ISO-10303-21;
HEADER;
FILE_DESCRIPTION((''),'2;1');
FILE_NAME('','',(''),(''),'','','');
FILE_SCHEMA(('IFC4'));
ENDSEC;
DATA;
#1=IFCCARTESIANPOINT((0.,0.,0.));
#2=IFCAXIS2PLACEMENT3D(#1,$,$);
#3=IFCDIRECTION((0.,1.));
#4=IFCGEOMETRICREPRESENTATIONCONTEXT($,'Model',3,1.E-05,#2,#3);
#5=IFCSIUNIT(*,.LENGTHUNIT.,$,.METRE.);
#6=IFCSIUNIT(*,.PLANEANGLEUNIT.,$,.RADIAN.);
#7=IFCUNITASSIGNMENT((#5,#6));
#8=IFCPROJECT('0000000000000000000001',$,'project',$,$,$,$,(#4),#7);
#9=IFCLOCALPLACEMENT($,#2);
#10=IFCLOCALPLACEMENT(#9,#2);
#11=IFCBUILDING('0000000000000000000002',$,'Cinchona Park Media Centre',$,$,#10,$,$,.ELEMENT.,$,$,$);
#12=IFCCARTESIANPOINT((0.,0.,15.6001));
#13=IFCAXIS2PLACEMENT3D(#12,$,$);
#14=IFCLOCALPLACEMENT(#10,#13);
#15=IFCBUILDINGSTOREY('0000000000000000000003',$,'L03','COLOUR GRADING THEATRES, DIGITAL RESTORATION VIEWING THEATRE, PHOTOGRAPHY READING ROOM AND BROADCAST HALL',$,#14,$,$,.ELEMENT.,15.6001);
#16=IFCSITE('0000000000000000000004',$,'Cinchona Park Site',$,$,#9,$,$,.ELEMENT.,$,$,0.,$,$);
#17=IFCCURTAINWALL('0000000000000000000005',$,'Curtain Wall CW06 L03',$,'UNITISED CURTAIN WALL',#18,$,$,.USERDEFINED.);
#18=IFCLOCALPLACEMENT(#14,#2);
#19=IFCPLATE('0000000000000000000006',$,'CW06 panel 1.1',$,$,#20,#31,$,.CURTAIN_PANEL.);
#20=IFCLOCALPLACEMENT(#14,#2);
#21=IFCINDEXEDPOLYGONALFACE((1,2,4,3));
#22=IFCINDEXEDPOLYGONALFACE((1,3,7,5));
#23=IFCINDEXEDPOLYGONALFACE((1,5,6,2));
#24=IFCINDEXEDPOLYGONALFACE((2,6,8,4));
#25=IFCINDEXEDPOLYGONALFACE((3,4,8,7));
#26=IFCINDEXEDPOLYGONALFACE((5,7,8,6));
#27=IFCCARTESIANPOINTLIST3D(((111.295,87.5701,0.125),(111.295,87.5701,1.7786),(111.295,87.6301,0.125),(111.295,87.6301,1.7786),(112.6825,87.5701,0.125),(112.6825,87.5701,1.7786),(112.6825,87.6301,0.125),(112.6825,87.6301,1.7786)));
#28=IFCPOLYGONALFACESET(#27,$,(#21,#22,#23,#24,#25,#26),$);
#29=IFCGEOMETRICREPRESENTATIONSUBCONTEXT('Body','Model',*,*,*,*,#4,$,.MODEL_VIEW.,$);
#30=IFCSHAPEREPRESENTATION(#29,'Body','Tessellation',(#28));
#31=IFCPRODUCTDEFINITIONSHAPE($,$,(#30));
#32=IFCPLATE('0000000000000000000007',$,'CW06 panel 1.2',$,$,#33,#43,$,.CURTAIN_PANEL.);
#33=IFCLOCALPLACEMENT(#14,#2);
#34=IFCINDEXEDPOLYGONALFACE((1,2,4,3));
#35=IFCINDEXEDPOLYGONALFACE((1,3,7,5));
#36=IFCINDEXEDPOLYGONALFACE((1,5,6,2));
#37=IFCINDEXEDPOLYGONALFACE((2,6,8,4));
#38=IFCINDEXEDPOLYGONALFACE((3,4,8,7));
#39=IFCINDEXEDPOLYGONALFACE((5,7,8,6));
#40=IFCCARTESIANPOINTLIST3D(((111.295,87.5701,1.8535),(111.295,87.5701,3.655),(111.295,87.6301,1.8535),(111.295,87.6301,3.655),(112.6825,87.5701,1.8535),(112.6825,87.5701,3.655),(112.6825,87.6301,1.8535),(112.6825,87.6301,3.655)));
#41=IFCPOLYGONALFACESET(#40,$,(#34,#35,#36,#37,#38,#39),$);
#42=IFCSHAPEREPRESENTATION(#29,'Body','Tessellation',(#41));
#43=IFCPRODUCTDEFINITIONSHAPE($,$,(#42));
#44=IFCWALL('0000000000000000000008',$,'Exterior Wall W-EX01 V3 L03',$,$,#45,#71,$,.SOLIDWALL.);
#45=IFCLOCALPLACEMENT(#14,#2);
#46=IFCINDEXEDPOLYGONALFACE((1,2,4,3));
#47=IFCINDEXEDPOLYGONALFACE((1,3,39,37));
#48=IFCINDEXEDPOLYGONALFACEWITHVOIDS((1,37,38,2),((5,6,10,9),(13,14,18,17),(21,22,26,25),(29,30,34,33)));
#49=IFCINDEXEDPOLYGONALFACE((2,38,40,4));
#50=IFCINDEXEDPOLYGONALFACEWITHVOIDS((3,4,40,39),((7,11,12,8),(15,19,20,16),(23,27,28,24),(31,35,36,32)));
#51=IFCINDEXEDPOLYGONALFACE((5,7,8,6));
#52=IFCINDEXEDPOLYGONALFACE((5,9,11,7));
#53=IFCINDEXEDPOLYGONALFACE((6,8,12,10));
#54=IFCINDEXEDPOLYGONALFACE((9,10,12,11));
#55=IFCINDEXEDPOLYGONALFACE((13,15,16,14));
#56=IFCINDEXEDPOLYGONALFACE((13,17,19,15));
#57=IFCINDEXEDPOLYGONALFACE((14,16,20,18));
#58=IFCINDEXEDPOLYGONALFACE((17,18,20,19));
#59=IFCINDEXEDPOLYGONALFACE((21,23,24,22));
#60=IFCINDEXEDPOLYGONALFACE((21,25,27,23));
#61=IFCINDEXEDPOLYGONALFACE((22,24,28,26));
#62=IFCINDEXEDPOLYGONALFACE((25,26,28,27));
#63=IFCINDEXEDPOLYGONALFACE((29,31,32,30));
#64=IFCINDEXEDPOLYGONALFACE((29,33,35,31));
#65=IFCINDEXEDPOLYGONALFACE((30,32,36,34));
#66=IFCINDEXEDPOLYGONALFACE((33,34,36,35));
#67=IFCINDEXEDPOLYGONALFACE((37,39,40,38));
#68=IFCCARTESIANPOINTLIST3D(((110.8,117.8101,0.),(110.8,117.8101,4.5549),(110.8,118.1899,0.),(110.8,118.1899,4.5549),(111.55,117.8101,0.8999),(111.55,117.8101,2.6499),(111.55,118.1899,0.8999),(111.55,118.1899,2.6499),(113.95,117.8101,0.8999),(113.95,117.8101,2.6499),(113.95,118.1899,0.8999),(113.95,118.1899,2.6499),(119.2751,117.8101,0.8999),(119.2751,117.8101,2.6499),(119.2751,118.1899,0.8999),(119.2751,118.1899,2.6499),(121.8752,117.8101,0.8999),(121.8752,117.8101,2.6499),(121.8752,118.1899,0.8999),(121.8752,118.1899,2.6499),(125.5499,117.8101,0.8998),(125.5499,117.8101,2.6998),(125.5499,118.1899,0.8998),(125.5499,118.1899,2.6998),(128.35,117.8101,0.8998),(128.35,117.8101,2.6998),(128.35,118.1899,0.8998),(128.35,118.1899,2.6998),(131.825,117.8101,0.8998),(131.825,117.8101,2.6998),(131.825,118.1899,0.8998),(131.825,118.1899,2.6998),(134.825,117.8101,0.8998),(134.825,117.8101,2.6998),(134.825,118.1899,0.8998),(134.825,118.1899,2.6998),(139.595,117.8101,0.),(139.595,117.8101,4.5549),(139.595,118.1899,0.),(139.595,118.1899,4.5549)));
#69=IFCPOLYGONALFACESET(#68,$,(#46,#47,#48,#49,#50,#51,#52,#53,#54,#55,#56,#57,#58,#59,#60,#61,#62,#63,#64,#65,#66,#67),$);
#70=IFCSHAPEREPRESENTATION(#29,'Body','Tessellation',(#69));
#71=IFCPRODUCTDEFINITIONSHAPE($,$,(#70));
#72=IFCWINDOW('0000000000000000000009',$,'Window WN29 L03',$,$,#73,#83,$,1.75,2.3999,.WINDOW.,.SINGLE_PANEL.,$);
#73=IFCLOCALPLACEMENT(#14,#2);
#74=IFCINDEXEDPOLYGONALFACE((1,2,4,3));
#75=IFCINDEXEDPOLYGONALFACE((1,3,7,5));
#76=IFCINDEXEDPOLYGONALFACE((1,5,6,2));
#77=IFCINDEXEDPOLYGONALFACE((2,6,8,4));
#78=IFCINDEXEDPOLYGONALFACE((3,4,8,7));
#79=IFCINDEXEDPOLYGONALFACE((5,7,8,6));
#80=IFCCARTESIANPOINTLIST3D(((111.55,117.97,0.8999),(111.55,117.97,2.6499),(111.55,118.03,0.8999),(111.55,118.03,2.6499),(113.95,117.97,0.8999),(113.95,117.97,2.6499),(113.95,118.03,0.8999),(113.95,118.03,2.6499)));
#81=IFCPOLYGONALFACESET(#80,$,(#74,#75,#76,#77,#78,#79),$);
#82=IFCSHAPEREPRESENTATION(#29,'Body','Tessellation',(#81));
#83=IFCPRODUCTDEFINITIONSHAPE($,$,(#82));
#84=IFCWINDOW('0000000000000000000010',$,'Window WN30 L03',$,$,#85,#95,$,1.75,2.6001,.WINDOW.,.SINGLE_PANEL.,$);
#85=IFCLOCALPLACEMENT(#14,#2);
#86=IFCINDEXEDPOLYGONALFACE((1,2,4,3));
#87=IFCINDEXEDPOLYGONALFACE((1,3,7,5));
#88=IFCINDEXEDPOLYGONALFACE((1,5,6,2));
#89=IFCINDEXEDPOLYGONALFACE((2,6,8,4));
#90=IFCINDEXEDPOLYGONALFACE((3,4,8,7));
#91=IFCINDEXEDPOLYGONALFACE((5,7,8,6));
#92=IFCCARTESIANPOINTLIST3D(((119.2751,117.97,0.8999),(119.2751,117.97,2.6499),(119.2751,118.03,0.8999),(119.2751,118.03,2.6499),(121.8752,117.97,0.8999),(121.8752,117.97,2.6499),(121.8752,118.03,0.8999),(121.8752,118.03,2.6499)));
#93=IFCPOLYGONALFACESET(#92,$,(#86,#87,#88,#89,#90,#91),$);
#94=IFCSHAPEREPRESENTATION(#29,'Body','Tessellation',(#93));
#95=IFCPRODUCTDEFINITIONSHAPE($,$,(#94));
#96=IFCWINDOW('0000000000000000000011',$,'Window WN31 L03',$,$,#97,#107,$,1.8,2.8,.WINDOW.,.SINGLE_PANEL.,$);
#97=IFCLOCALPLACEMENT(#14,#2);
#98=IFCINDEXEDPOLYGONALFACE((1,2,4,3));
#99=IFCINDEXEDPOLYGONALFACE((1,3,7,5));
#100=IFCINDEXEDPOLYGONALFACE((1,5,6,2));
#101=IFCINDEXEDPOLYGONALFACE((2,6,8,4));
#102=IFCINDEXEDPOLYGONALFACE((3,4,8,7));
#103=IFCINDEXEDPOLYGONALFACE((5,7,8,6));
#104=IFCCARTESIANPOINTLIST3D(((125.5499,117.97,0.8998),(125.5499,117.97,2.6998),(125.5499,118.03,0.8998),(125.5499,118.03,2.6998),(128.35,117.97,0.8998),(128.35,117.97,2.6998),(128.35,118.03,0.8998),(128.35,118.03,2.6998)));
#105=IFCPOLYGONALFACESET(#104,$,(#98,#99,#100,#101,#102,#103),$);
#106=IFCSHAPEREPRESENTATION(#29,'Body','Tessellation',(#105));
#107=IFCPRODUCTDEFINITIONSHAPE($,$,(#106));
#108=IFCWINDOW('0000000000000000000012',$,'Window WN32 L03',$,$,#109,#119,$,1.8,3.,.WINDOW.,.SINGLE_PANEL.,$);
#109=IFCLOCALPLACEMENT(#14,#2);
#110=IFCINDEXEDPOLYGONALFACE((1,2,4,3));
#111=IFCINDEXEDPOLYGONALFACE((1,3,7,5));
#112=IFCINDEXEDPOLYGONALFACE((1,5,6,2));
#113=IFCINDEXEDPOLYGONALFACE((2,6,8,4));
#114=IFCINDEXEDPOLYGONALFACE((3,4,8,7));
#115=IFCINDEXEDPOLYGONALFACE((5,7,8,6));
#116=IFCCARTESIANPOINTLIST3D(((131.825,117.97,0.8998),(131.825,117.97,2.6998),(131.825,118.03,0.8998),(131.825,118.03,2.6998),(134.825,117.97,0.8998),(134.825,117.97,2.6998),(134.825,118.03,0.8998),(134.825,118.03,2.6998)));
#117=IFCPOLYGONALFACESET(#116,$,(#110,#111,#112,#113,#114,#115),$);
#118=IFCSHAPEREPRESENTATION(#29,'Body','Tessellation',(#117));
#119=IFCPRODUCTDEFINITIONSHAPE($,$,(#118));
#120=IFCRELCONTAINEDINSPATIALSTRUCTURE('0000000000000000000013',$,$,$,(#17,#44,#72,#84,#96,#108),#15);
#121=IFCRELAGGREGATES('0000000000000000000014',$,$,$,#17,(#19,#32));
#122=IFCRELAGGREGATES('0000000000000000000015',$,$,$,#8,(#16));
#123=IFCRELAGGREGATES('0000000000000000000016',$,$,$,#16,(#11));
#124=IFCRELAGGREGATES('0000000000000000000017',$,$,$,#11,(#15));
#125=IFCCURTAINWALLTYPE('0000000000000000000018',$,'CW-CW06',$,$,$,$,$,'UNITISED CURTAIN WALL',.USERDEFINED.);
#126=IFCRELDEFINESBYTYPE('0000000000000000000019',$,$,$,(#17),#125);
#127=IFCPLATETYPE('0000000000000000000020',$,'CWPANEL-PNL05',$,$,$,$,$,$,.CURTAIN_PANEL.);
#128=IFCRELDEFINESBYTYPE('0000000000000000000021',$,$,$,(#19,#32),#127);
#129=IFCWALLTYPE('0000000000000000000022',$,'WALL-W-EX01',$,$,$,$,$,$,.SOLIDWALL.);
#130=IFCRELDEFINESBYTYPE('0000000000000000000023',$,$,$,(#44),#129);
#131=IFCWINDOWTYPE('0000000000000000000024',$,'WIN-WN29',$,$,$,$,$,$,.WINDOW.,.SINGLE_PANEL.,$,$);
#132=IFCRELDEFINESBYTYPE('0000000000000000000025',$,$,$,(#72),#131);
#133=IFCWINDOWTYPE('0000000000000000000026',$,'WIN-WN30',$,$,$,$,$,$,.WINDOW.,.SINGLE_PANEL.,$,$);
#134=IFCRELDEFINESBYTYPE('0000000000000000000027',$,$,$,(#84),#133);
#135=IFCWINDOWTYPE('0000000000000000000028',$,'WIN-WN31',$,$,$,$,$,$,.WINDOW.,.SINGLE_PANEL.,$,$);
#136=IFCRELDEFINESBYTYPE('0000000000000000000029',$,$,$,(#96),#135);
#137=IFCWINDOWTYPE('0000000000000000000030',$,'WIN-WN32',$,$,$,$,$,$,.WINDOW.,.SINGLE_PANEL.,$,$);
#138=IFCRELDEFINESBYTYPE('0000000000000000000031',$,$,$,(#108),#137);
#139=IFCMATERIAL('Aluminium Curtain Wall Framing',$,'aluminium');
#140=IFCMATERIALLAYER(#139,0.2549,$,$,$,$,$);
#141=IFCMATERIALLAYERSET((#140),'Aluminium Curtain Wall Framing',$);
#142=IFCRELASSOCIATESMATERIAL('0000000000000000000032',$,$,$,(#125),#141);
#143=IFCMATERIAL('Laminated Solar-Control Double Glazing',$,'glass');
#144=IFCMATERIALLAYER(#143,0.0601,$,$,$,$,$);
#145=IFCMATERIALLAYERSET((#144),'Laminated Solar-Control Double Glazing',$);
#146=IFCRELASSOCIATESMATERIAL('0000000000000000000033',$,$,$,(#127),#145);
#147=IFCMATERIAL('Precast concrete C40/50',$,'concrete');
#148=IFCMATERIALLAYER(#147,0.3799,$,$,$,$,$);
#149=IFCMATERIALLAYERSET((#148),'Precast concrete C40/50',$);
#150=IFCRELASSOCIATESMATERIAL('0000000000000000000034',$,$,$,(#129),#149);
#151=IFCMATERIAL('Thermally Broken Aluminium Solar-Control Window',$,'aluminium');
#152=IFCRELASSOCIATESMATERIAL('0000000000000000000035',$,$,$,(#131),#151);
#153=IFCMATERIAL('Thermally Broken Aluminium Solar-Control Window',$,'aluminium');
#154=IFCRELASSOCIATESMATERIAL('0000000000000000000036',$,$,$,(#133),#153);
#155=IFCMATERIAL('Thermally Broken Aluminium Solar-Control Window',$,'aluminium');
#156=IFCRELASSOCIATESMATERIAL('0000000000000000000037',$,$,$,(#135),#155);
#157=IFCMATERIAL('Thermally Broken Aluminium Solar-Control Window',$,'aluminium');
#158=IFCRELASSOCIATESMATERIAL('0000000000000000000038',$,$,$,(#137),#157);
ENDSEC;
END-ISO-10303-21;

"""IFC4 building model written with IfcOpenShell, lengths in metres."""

from ifc_helpers import new_model, si_unit, direction, frame, frame_2d, origin, origin_2d, place, context, subcontext, project, spatial, rectangle, extrude, material, layer, layer_set, type_object, element, fill, aggregate, save


model = new_model("IFC4")

# Units and contexts
model_context = context("Model", 3, precision=1e-05, world=origin(), true_north=direction((0.0, 1.0)))
body_context = subcontext(model_context, "Body", "Model", "MODEL_VIEW")
ifc_project = project(units=[si_unit("LENGTHUNIT", "METRE"), si_unit("PLANEANGLEUNIT", "RADIAN")], contexts=[model_context])

# Site, building, storey
site_placement = place(None, origin())
site = spatial("IfcSite", under=ifc_project, at=site_placement, Name="Cinchona Park Site", CompositionType="ELEMENT", RefElevation=0.0)
building_placement = place(site_placement, origin())
building = spatial("IfcBuilding", under=site, at=building_placement, Name="Cinchona Park Media Centre", CompositionType="ELEMENT")
storey_placement = place(building_placement, frame((0.0, 0.0, 15.6001)))
storey = spatial("IfcBuildingStorey", under=building, at=storey_placement, Name="L03", Description="COLOUR GRADING THEATRES, DIGITAL RESTORATION VIEWING THEATRE, PHOTOGRAPHY READING ROOM AND BROADCAST HALL", CompositionType="ELEMENT", Elevation=15.6001)

# Curtain wall, plates
ifc_material_1 = material(Name="Aluminium Curtain Wall Framing", Category="aluminium")
ifc_layer_1 = layer(ifc_material_1, 0.2549)
ifc_layer_set_1 = layer_set([ifc_layer_1], Name="Aluminium Curtain Wall Framing")
curtain_wall_type = type_object("IfcCurtainWallType", Name="CW-CW06", ElementType="UNITISED CURTAIN WALL", PredefinedType="USERDEFINED", material=ifc_layer_set_1)
curtain_wall_placement = place(storey_placement, origin())
curtain_wall = element("IfcCurtainWall", 1, at=curtain_wall_placement, inside=storey, type_object=curtain_wall_type, Name="Curtain Wall CW06 L03", ObjectType="UNITISED CURTAIN WALL", PredefinedType="USERDEFINED")
ifc_material_2 = material(Name="Laminated Solar-Control Double Glazing", Category="glass")
ifc_layer_2 = layer(ifc_material_2, 0.0601)
ifc_layer_set_2 = layer_set([ifc_layer_2], Name="Laminated Solar-Control Double Glazing")
plate_type = type_object("IfcPlateType", Name="CWPANEL-PNL05", PredefinedType="CURTAIN_PANEL", material=ifc_layer_set_2)
plate_1_placement = place(storey_placement, frame((111.9888, 87.6001, 0.125), z_axis=(0.0, 0.0, 1.0), x_axis=(1.0, 0.0, 0.0)))
plate_1 = element("IfcPlate", 2, at=plate_1_placement, type_object=plate_type, Name="CW06 panel 1.1", PredefinedType="CURTAIN_PANEL", context=body_context, shape_type="SweptSolid", body=[
    extrude(rectangle(XDim=1.3875, YDim=0.0601, at=origin_2d()), origin(), (0.0, 0.0, 1.0), 1.6536),
])
plate_2_placement = place(storey_placement, frame((111.9888, 87.6001, 1.8535), z_axis=(0.0, 0.0, 1.0), x_axis=(1.0, 0.0, 0.0)))
plate_2 = element("IfcPlate", 3, at=plate_2_placement, type_object=plate_type, Name="CW06 panel 1.2", PredefinedType="CURTAIN_PANEL", context=body_context, shape_type="SweptSolid", body=[
    extrude(rectangle(XDim=1.3875, YDim=0.0601, at=origin_2d()), origin(), (0.0, 0.0, 1.0), 1.8015),
])
aggregate(curtain_wall, [plate_1, plate_2])

# Wall, openings, windows
ifc_material_3 = material(Name="Precast concrete C40/50", Category="concrete")
ifc_layer_3 = layer(ifc_material_3, 0.3799)
ifc_layer_set_3 = layer_set([ifc_layer_3], Name="Precast concrete C40/50")
wall_type_1 = type_object("IfcWallType", Name="WALL-W-EX01", PredefinedType="SOLIDWALL", material=ifc_layer_set_3)
wall_1_placement = place(storey_placement, frame((110.8, 118.0, 0.0), z_axis=(0.0, 0.0, 1.0), x_axis=(1.0, 0.0, 0.0)))
wall_1 = element("IfcWall", 4, at=wall_1_placement, inside=storey, type_object=wall_type_1, Name="Exterior Wall W-EX01 V3 L03", PredefinedType="SOLIDWALL", context=body_context, shape_type="SweptSolid", body=[
    extrude(rectangle(XDim=28.7949, YDim=0.3799, at=frame_2d((14.3975, 0.0))), origin(), (0.0, 0.0, 1.0), 4.5549),
])
opening_1_placement = place(wall_1_placement, frame((0.75, 0.0, 0.8999)))
opening_1 = element("IfcOpeningElement", 5, at=opening_1_placement, cuts=wall_1, PredefinedType="OPENING", context=body_context, shape_type="SweptSolid", body=[
    extrude(rectangle(XDim=2.3999, YDim=1.75, at=frame_2d((1.2, 0.875))), frame((0.0, 0.2, 0.0), z_axis=(0.0, -1.0, 0.0), x_axis=(1.0, 0.0, 0.0)), (0.0, 0.0, 1.0), 0.3999),
])
opening_2_placement = place(wall_1_placement, frame((8.4751, 0.0, 0.8999)))
opening_2 = element("IfcOpeningElement", 6, at=opening_2_placement, cuts=wall_1, PredefinedType="OPENING", context=body_context, shape_type="SweptSolid", body=[
    extrude(rectangle(XDim=2.6001, YDim=1.75, at=frame_2d((1.3, 0.875))), frame((0.0, 0.2, 0.0), z_axis=(0.0, -1.0, 0.0), x_axis=(1.0, 0.0, 0.0)), (0.0, 0.0, 1.0), 0.3999),
])
opening_3_placement = place(wall_1_placement, frame((14.75, 0.0, 0.8999)))
opening_3 = element("IfcOpeningElement", 7, at=opening_3_placement, cuts=wall_1, PredefinedType="OPENING", context=body_context, shape_type="SweptSolid", body=[
    extrude(rectangle(XDim=2.8, YDim=1.8, at=frame_2d((1.3999, 0.8999))), frame((0.0, 0.2, 0.0), z_axis=(0.0, -1.0, 0.0), x_axis=(1.0, 0.0, 0.0)), (0.0, 0.0, 1.0), 0.3999),
])
opening_4_placement = place(wall_1_placement, frame((21.0249, 0.0, 0.8999)))
opening_4 = element("IfcOpeningElement", 8, at=opening_4_placement, cuts=wall_1, PredefinedType="OPENING", context=body_context, shape_type="SweptSolid", body=[
    extrude(rectangle(XDim=3.0, YDim=1.8, at=frame_2d((1.5, 0.8999))), frame((0.0, 0.2, 0.0), z_axis=(0.0, -1.0, 0.0), x_axis=(1.0, 0.0, 0.0)), (0.0, 0.0, 1.0), 0.3999),
])
ifc_material_4 = material(Name="Thermally Broken Aluminium Solar-Control Window", Category="aluminium")
window_type_1 = type_object("IfcWindowType", Name="WIN-WN29", PartitioningType="SINGLE_PANEL", PredefinedType="WINDOW", material=ifc_material_4)
window_1_placement = place(opening_1_placement, origin())
window_1 = element("IfcWindow", 9, at=window_1_placement, inside=storey, type_object=window_type_1, Name="Window WN29 L03", OverallHeight=1.75, OverallWidth=2.3999, PartitioningType="SINGLE_PANEL", PredefinedType="WINDOW", context=body_context, shape_type="SweptSolid", body=[
    extrude(rectangle(XDim=2.3999, YDim=1.75, at=frame_2d((1.2, 0.875))), frame((0.0, 0.03, 0.0), z_axis=(0.0, -1.0, 0.0), x_axis=(1.0, 0.0, 0.0)), (0.0, 0.0, 1.0), 0.0601),
])
fill(opening_1, window_1)
ifc_material_5 = material(Name="Thermally Broken Aluminium Solar-Control Window", Category="aluminium")
window_type_2 = type_object("IfcWindowType", Name="WIN-WN30", PartitioningType="SINGLE_PANEL", PredefinedType="WINDOW", material=ifc_material_5)
window_2_placement = place(opening_2_placement, origin())
window_2 = element("IfcWindow", 10, at=window_2_placement, inside=storey, type_object=window_type_2, Name="Window WN30 L03", OverallHeight=1.75, OverallWidth=2.6001, PartitioningType="SINGLE_PANEL", PredefinedType="WINDOW", context=body_context, shape_type="SweptSolid", body=[
    extrude(rectangle(XDim=2.6001, YDim=1.75, at=frame_2d((1.3, 0.875))), frame((0.0, 0.03, 0.0), z_axis=(0.0, -1.0, 0.0), x_axis=(1.0, 0.0, 0.0)), (0.0, 0.0, 1.0), 0.0601),
])
fill(opening_2, window_2)
ifc_material_6 = material(Name="Thermally Broken Aluminium Solar-Control Window", Category="aluminium")
window_type_3 = type_object("IfcWindowType", Name="WIN-WN31", PartitioningType="SINGLE_PANEL", PredefinedType="WINDOW", material=ifc_material_6)
window_3_placement = place(opening_3_placement, origin())
window_3 = element("IfcWindow", 11, at=window_3_placement, inside=storey, type_object=window_type_3, Name="Window WN31 L03", OverallHeight=1.8, OverallWidth=2.8, PartitioningType="SINGLE_PANEL", PredefinedType="WINDOW", context=body_context, shape_type="SweptSolid", body=[
    extrude(rectangle(XDim=2.8, YDim=1.8, at=frame_2d((1.3999, 0.8999))), frame((0.0, 0.03, 0.0), z_axis=(0.0, -1.0, 0.0), x_axis=(1.0, 0.0, 0.0)), (0.0, 0.0, 1.0), 0.0601),
])
fill(opening_3, window_3)
ifc_material_7 = material(Name="Thermally Broken Aluminium Solar-Control Window", Category="aluminium")
window_type_4 = type_object("IfcWindowType", Name="WIN-WN32", PartitioningType="SINGLE_PANEL", PredefinedType="WINDOW", material=ifc_material_7)
window_4_placement = place(opening_4_placement, origin())
window_4 = element("IfcWindow", 12, at=window_4_placement, inside=storey, type_object=window_type_4, Name="Window WN32 L03", OverallHeight=1.8, OverallWidth=3.0, PartitioningType="SINGLE_PANEL", PredefinedType="WINDOW", context=body_context, shape_type="SweptSolid", body=[
    extrude(rectangle(XDim=3.0, YDim=1.8, at=frame_2d((1.5, 0.8999))), frame((0.0, 0.03, 0.0), z_axis=(0.0, -1.0, 0.0), x_axis=(1.0, 0.0, 0.0)), (0.0, 0.0, 1.0), 0.0601),
])
fill(opening_4, window_4)

save(model, "model.ifc")
